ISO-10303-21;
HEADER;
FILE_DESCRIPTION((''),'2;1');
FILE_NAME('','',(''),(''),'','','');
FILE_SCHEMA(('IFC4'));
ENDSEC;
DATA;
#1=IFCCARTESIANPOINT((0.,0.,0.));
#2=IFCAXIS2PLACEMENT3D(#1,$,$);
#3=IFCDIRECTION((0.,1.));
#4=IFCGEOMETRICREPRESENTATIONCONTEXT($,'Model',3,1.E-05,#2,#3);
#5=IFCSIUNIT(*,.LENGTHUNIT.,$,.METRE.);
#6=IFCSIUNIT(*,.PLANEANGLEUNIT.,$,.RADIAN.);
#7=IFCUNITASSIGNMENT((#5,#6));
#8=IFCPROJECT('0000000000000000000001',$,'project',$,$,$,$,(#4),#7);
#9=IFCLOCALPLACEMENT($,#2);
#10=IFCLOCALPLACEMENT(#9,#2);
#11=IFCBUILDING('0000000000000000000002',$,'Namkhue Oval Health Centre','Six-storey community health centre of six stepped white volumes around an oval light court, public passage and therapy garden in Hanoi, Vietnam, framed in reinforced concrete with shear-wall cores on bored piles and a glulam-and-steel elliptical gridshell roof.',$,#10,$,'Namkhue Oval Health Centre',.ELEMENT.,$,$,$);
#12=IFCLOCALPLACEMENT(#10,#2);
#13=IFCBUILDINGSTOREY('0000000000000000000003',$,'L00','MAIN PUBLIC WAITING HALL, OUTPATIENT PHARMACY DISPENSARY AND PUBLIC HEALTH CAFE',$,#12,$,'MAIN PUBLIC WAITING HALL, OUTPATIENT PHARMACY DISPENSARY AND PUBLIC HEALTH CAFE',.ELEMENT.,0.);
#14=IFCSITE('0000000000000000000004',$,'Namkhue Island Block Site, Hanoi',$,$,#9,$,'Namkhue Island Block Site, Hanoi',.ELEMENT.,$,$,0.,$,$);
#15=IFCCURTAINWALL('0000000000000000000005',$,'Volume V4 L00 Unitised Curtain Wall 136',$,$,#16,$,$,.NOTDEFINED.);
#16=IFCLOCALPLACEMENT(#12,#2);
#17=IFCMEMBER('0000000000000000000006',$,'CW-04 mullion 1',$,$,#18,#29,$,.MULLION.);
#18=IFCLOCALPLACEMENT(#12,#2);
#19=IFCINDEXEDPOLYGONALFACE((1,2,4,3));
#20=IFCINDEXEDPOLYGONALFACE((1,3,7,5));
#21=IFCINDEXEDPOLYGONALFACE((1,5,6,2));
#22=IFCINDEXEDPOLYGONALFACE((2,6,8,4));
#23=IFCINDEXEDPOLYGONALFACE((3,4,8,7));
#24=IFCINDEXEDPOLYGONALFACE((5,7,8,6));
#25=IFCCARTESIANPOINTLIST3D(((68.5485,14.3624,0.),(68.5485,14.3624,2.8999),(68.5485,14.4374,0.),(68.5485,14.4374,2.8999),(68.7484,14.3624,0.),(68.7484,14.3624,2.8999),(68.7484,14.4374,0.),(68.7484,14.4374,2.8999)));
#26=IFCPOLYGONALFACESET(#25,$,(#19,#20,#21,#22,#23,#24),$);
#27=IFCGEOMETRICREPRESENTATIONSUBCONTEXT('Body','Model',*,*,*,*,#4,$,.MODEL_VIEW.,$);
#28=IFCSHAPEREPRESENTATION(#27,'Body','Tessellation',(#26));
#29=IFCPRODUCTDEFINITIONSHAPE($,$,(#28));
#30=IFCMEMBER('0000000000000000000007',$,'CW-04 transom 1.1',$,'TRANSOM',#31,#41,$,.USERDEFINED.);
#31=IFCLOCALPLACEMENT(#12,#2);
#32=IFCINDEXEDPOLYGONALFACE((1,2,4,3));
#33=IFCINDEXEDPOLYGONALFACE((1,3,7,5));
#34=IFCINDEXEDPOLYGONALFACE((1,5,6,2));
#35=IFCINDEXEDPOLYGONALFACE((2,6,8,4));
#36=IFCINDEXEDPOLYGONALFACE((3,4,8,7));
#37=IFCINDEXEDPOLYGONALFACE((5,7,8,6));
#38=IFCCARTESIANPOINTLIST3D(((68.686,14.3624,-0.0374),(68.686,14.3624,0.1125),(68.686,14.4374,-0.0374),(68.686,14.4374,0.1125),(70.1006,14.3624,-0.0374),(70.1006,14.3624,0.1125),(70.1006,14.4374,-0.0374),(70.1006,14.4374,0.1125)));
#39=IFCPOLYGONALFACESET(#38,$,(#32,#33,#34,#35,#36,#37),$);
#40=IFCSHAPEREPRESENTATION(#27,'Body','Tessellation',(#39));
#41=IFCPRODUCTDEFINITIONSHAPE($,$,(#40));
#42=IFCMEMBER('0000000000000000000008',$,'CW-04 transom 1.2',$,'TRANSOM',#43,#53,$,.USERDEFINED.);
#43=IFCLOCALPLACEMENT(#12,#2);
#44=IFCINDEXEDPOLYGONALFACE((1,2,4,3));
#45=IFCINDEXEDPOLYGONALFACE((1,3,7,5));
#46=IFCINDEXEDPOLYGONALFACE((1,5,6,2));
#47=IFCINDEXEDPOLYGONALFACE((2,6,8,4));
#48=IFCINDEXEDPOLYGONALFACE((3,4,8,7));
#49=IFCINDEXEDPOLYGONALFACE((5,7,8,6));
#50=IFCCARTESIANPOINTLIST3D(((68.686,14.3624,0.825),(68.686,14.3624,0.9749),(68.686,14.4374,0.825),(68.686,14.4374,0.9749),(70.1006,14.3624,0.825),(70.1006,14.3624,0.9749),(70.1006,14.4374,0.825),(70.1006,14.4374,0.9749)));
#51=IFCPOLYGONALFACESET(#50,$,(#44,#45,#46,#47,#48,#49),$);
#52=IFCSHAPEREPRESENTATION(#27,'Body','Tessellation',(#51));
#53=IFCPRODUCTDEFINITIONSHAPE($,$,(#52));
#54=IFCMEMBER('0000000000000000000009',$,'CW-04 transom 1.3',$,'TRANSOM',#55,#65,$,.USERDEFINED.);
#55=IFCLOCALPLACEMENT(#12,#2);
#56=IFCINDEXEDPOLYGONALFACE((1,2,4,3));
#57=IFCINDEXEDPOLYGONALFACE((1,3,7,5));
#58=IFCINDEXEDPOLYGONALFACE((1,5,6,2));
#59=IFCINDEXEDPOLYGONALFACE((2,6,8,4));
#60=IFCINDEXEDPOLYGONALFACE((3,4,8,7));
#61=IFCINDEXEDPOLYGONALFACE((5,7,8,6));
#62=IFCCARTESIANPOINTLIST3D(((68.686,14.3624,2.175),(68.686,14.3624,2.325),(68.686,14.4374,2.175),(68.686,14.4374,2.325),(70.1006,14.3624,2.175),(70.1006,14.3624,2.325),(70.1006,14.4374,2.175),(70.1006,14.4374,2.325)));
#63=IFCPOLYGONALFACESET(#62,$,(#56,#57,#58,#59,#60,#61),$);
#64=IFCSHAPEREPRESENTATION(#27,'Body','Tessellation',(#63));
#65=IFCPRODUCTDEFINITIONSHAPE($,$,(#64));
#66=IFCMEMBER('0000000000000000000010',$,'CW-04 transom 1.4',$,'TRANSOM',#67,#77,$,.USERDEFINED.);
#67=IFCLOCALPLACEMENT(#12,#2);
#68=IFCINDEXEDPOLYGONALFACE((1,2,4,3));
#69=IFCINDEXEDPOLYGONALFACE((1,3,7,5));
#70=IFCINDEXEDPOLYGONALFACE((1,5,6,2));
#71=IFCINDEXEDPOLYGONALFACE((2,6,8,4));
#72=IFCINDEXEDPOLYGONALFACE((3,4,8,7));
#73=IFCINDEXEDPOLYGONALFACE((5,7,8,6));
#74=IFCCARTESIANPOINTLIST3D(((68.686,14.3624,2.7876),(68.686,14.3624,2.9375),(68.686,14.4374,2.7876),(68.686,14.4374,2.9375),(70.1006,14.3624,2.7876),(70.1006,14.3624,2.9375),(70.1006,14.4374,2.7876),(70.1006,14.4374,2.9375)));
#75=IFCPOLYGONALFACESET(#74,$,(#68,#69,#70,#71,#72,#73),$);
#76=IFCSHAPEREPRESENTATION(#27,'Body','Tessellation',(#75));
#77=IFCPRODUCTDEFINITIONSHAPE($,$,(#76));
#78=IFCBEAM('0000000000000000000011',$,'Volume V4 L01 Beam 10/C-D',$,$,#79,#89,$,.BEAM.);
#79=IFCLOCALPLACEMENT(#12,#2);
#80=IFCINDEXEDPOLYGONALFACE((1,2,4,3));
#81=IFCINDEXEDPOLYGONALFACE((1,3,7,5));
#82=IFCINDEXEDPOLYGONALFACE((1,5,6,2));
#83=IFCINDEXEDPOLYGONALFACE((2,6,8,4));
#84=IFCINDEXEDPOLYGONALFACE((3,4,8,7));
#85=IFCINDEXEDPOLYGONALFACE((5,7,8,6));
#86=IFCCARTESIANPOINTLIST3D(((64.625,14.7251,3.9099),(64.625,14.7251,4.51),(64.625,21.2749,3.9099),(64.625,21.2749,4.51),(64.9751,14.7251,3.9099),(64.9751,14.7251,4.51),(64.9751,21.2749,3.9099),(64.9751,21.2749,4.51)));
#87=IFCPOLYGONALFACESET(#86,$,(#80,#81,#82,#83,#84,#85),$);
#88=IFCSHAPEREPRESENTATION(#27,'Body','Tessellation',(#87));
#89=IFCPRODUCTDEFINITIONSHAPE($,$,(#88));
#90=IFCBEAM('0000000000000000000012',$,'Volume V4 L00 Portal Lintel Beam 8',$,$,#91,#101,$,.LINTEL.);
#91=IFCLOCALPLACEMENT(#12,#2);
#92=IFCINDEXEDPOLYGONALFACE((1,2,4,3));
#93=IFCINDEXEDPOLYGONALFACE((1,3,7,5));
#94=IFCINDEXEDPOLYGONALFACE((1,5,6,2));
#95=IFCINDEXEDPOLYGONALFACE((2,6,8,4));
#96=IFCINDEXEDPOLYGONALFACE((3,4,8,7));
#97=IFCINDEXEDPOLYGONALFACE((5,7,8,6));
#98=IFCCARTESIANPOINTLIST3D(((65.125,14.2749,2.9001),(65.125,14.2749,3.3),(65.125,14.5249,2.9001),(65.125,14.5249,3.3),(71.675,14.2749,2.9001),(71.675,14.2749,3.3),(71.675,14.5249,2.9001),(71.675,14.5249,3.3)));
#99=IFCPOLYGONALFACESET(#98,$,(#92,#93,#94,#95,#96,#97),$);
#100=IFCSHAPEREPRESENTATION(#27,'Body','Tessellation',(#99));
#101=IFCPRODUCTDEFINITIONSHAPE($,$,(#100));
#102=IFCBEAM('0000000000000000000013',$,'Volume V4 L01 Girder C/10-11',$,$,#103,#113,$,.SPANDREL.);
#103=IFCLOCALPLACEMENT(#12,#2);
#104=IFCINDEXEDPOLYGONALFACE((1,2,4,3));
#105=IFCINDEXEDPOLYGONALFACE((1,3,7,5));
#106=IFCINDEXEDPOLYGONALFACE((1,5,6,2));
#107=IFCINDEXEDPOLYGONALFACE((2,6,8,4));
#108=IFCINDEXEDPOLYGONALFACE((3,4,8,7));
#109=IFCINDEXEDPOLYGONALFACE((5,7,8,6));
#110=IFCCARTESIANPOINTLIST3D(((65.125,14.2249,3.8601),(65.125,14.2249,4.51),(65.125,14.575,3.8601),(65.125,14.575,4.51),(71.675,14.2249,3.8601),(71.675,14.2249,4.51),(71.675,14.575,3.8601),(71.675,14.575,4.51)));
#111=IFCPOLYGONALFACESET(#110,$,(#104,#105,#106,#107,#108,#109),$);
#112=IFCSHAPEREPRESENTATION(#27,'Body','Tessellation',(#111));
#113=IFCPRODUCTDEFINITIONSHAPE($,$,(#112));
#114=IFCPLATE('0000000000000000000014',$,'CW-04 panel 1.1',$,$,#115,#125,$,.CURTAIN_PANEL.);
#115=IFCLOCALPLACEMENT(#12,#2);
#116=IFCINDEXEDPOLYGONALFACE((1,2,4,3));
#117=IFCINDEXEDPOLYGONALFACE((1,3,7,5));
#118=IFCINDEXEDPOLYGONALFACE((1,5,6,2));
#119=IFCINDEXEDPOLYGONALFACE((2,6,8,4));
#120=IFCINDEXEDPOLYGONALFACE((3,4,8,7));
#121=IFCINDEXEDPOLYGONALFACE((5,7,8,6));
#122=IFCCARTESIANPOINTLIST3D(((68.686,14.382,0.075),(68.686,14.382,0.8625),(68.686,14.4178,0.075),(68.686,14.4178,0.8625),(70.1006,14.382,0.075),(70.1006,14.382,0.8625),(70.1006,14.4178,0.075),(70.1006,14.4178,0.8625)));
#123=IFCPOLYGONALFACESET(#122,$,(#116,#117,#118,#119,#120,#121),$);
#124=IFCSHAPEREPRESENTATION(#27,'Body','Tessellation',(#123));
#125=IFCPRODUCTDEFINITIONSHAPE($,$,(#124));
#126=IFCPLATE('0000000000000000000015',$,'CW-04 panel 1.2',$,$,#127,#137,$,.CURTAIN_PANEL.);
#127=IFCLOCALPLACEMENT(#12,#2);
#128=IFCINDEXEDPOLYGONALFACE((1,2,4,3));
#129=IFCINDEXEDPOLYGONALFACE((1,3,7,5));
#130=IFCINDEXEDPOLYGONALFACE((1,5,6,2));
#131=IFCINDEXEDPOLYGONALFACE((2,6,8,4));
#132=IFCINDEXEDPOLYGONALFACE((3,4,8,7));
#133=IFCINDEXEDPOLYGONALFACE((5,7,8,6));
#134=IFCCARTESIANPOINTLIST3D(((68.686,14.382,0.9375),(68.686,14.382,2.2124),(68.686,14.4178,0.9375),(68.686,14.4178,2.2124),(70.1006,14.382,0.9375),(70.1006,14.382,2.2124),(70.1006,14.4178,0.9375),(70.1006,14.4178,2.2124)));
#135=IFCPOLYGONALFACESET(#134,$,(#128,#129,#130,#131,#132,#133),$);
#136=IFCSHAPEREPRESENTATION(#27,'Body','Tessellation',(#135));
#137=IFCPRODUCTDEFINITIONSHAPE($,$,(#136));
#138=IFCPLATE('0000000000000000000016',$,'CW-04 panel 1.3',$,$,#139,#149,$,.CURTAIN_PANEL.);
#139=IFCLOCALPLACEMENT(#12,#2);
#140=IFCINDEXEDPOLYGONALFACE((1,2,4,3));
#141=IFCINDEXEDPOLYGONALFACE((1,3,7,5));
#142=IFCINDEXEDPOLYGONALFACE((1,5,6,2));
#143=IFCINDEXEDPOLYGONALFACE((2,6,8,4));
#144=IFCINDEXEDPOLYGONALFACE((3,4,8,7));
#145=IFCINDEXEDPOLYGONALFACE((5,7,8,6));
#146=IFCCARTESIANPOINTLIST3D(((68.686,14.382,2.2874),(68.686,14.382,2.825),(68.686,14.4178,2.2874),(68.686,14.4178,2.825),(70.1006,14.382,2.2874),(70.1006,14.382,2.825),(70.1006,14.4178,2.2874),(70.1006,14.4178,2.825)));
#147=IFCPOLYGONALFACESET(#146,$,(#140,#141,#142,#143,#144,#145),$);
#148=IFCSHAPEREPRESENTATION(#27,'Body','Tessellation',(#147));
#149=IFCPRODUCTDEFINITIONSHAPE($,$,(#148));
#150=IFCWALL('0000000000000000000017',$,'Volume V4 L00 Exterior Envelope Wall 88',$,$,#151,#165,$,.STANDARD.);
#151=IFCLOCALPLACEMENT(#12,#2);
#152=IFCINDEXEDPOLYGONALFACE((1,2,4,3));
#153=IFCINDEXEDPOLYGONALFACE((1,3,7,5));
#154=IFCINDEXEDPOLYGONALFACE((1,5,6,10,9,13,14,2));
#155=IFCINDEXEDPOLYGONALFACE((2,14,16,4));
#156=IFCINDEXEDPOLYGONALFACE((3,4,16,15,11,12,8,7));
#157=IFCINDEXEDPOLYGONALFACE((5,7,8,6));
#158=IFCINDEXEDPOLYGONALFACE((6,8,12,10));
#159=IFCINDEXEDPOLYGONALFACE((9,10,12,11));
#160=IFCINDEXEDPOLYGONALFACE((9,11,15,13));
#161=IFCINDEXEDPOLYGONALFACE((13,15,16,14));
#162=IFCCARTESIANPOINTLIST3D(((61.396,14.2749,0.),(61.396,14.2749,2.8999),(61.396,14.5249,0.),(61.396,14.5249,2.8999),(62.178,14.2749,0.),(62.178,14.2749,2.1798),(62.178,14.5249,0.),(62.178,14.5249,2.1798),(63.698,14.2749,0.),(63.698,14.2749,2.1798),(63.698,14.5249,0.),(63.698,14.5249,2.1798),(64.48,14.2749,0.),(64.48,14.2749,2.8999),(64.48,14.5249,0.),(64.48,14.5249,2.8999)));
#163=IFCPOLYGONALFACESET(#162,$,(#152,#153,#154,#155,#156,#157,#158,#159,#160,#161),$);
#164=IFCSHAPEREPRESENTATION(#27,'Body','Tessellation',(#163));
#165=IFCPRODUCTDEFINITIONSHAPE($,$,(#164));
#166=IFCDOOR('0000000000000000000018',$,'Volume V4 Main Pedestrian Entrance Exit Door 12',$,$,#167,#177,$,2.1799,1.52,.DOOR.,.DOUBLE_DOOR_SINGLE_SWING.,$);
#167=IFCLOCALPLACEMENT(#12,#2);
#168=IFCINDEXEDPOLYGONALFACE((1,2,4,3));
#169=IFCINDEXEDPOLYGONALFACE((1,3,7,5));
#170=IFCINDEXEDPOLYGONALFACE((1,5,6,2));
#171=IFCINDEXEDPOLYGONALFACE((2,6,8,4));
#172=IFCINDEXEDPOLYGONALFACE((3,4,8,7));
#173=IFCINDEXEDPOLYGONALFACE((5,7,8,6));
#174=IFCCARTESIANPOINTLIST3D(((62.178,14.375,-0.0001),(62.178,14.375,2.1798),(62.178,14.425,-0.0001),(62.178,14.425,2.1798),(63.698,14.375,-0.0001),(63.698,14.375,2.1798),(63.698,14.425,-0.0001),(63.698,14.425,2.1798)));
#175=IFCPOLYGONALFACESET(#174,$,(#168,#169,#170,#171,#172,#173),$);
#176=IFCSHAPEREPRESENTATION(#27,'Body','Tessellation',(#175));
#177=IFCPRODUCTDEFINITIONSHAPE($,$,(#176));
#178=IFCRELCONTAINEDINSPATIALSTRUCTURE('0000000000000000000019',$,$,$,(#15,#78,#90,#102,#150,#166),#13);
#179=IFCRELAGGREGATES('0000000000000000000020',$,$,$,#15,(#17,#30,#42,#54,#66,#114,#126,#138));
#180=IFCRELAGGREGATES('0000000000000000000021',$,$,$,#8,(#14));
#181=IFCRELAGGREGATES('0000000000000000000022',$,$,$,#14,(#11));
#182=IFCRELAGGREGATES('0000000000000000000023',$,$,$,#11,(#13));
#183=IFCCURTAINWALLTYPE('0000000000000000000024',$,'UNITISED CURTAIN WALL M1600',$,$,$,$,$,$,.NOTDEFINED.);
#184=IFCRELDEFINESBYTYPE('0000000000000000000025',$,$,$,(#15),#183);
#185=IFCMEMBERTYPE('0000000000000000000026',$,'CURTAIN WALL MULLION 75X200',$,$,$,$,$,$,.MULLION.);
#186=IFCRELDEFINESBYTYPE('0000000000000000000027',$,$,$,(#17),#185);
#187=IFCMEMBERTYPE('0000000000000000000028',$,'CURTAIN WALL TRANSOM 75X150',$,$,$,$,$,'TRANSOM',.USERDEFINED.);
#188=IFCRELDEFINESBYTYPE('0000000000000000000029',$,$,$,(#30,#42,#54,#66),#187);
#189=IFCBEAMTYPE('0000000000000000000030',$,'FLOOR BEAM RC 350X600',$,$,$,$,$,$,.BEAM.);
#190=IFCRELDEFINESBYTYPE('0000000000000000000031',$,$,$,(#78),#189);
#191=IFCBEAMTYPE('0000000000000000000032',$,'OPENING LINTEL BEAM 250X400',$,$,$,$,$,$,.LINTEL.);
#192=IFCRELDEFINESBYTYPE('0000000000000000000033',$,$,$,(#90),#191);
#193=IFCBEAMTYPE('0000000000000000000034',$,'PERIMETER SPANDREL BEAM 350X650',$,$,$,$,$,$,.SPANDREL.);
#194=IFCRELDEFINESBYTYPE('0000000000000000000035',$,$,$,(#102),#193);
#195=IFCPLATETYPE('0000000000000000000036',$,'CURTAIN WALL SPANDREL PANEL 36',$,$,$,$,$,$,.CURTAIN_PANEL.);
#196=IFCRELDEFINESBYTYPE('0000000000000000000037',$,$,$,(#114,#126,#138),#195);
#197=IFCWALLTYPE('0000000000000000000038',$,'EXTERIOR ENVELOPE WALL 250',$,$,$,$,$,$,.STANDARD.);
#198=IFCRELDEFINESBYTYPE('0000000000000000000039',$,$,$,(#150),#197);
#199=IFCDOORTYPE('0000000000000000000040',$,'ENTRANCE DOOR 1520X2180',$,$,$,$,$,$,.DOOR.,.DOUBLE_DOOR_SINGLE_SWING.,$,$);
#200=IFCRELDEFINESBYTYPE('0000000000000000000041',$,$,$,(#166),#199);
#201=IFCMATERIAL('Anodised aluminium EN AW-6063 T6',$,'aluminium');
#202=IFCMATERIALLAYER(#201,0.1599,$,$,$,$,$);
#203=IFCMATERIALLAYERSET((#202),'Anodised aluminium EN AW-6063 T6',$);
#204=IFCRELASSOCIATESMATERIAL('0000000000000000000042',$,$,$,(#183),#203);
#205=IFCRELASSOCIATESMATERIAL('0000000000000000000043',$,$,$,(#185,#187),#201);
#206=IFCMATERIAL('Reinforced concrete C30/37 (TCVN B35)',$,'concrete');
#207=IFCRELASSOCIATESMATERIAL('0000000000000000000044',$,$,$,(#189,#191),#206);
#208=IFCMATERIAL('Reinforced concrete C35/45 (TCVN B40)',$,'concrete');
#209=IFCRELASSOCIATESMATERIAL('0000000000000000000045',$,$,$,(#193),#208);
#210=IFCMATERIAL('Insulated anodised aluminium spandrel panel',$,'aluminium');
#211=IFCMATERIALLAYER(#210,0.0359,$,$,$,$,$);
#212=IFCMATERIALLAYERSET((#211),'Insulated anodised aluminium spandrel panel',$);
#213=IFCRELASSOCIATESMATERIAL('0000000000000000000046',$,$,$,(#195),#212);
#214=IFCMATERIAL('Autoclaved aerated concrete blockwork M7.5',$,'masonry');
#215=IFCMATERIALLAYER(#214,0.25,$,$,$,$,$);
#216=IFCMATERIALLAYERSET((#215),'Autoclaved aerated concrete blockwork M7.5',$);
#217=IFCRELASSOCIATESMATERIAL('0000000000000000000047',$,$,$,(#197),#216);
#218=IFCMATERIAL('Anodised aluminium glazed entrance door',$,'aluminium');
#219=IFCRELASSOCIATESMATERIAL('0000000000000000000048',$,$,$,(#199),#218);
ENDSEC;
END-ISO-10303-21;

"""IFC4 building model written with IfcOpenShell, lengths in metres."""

from ifc_helpers import new_model, si_unit, direction, frame, frame_2d, origin, origin_2d, place, context, subcontext, project, spatial, rectangle, extrude, material, layer, layer_set, material_profile, profile_set, type_object, element, fill, aggregate, save


model = new_model("IFC4")

# Units and contexts
model_context = context("Model", 3, precision=1e-05, world=origin(), true_north=direction((0.0, 1.0)))
body_context = subcontext(model_context, "Body", "Model", "MODEL_VIEW")
ifc_project = project(units=[si_unit("LENGTHUNIT", "METRE"), si_unit("PLANEANGLEUNIT", "RADIAN")], contexts=[model_context])

# Site, building, storey
site_placement = place(None, origin())
site = spatial("IfcSite", under=ifc_project, at=site_placement, Name="Namkhue Island Block Site, Hanoi", LongName="Namkhue Island Block Site, Hanoi", CompositionType="ELEMENT", RefElevation=0.0)
building_placement = place(site_placement, origin())
building = spatial("IfcBuilding", under=site, at=building_placement, Name="Namkhue Oval Health Centre", Description="Six-storey community health centre of six stepped white volumes around an oval light court, public passage and therapy garden in Hanoi, Vietnam, framed in reinforced concrete with shear-wall cores on bored piles and a glulam-and-steel elliptical gridshell roof.", LongName="Namkhue Oval Health Centre", CompositionType="ELEMENT")
storey_placement = place(building_placement, origin())
storey = spatial("IfcBuildingStorey", under=building, at=storey_placement, Name="L00", Description="MAIN PUBLIC WAITING HALL, OUTPATIENT PHARMACY DISPENSARY AND PUBLIC HEALTH CAFE", LongName="MAIN PUBLIC WAITING HALL, OUTPATIENT PHARMACY DISPENSARY AND PUBLIC HEALTH CAFE", CompositionType="ELEMENT", Elevation=0.0)

# Shared definitions
ifc_material_1 = material(Name="Reinforced concrete C30/37 (TCVN B35)", Category="concrete")

# Shared definitions
ifc_material_2 = material(Name="Reinforced concrete C35/45 (TCVN B40)", Category="concrete")

# Curtain wall, members
ifc_material_3 = material(Name="Anodised aluminium EN AW-6063 T6", Category="aluminium")
ifc_layer_1 = layer(ifc_material_3, 0.1599)
ifc_layer_set_1 = layer_set([ifc_layer_1], Name="Anodised aluminium EN AW-6063 T6")
curtain_wall_type = type_object("IfcCurtainWallType", Name="UNITISED CURTAIN WALL M1600", PredefinedType="NOTDEFINED", material=ifc_layer_set_1)
curtain_wall_placement = place(storey_placement, origin())
curtain_wall = element("IfcCurtainWall", 1, at=curtain_wall_placement, inside=storey, type_object=curtain_wall_type, Name="Volume V4 L00 Unitised Curtain Wall 136", PredefinedType="NOTDEFINED")
ifc_material_profile_1 = material_profile(ifc_material_3, rectangle(XDim=0.075, YDim=0.2, at=origin_2d()), Name="ALU 75x200")
ifc_profile_set_1 = profile_set([ifc_material_profile_1], Name="Anodised aluminium EN AW-6063 T6")
member_type_1 = type_object("IfcMemberType", Name="CURTAIN WALL MULLION 75X200", PredefinedType="MULLION", material=ifc_profile_set_1)
member_1_placement = place(storey_placement, frame((68.6484, 14.3999, 0.0), z_axis=(0.0, 0.0, 1.0), x_axis=(0.0, 1.0, 0.0)))
member_1 = element("IfcMember", 2, at=member_1_placement, type_object=member_type_1, Name="CW-04 mullion 1", PredefinedType="MULLION", context=body_context, shape_type="SweptSolid", body=[
    extrude(rectangle(XDim=0.075, YDim=0.2, at=origin_2d()), origin(), (0.0, 0.0, 1.0), 2.8999),
])
ifc_material_profile_2 = material_profile(ifc_material_3, rectangle(XDim=0.075, YDim=0.1499, at=origin_2d()), Name="ALU 75x150")
ifc_profile_set_2 = profile_set([ifc_material_profile_2], Name="Anodised aluminium EN AW-6063 T6")
member_type_2 = type_object("IfcMemberType", Name="CURTAIN WALL TRANSOM 75X150", ElementType="TRANSOM", PredefinedType="USERDEFINED", material=ifc_profile_set_2)
member_2_placement = place(storey_placement, frame((68.686, 14.3999, 0.0376), z_axis=(1.0, 0.0, 0.0), x_axis=(0.0, 1.0, 0.0)))
member_2 = element("IfcMember", 3, at=member_2_placement, type_object=member_type_2, Name="CW-04 transom 1.1", ObjectType="TRANSOM", PredefinedType="USERDEFINED", context=body_context, shape_type="SweptSolid", body=[
    extrude(rectangle(XDim=0.075, YDim=0.1499, at=origin_2d()), origin(), (0.0, 0.0, 1.0), 1.4146),
])
member_3_placement = place(storey_placement, frame((68.686, 14.3999, 0.8999), z_axis=(1.0, 0.0, 0.0), x_axis=(0.0, 1.0, 0.0)))
member_3 = element("IfcMember", 4, at=member_3_placement, type_object=member_type_2, Name="CW-04 transom 1.2", ObjectType="TRANSOM", PredefinedType="USERDEFINED", context=body_context, shape_type="SweptSolid", body=[
    extrude(rectangle(XDim=0.075, YDim=0.1499, at=origin_2d()), origin(), (0.0, 0.0, 1.0), 1.4146),
])
member_4_placement = place(storey_placement, frame((68.686, 14.3999, 2.25), z_axis=(1.0, 0.0, 0.0), x_axis=(0.0, 1.0, 0.0)))
member_4 = element("IfcMember", 5, at=member_4_placement, type_object=member_type_2, Name="CW-04 transom 1.3", ObjectType="TRANSOM", PredefinedType="USERDEFINED", context=body_context, shape_type="SweptSolid", body=[
    extrude(rectangle(XDim=0.075, YDim=0.1499, at=origin_2d()), origin(), (0.0, 0.0, 1.0), 1.4146),
])
member_5_placement = place(storey_placement, frame((68.686, 14.3999, 2.8625), z_axis=(1.0, 0.0, 0.0), x_axis=(0.0, 1.0, 0.0)))
member_5 = element("IfcMember", 6, at=member_5_placement, type_object=member_type_2, Name="CW-04 transom 1.4", ObjectType="TRANSOM", PredefinedType="USERDEFINED", context=body_context, shape_type="SweptSolid", body=[
    extrude(rectangle(XDim=0.075, YDim=0.1499, at=origin_2d()), origin(), (0.0, 0.0, 1.0), 1.4146),
])

# Beams
ifc_material_profile_3 = material_profile(ifc_material_1, rectangle(XDim=0.3501, YDim=0.6001, at=origin_2d()), Name="RC 350x600")
ifc_profile_set_3 = profile_set([ifc_material_profile_3], Name="Reinforced concrete C30/37 (TCVN B35)")
beam_type_1 = type_object("IfcBeamType", Name="FLOOR BEAM RC 350X600", PredefinedType="BEAM", material=ifc_profile_set_3)
beam_1_placement = place(storey_placement, frame((64.8, 14.7251, 4.21), z_axis=(0.0, 1.0, 0.0), x_axis=(-1.0, 0.0, 0.0)))
element("IfcBeam", 7, at=beam_1_placement, inside=storey, type_object=beam_type_1, Name="Volume V4 L01 Beam 10/C-D", PredefinedType="BEAM", context=body_context, shape_type="SweptSolid", body=[
    extrude(rectangle(XDim=0.3501, YDim=0.6001, at=origin_2d()), origin(), (0.0, 0.0, 1.0), 6.5498),
])
ifc_material_profile_4 = material_profile(ifc_material_1, rectangle(XDim=0.25, YDim=0.3999, at=origin_2d()), Name="RC 250x400")
ifc_profile_set_4 = profile_set([ifc_material_profile_4], Name="Reinforced concrete C30/37 (TCVN B35)")
beam_type_2 = type_object("IfcBeamType", Name="OPENING LINTEL BEAM 250X400", PredefinedType="LINTEL", material=ifc_profile_set_4)
beam_2_placement = place(storey_placement, frame((65.125, 14.3999, 3.1001), z_axis=(1.0, 0.0, 0.0), x_axis=(0.0, 1.0, 0.0)))
element("IfcBeam", 8, at=beam_2_placement, inside=storey, type_object=beam_type_2, Name="Volume V4 L00 Portal Lintel Beam 8", PredefinedType="LINTEL", context=body_context, shape_type="SweptSolid", body=[
    extrude(rectangle(XDim=0.25, YDim=0.3999, at=origin_2d()), origin(), (0.0, 0.0, 1.0), 6.55),
])
ifc_material_profile_5 = material_profile(ifc_material_2, rectangle(XDim=0.3501, YDim=0.6499, at=origin_2d()), Name="RC 350x650")
ifc_profile_set_5 = profile_set([ifc_material_profile_5], Name="Reinforced concrete C35/45 (TCVN B40)")
beam_type_3 = type_object("IfcBeamType", Name="PERIMETER SPANDREL BEAM 350X650", PredefinedType="SPANDREL", material=ifc_profile_set_5)
beam_3_placement = place(storey_placement, frame((65.125, 14.3999, 4.1851), z_axis=(1.0, 0.0, 0.0), x_axis=(0.0, 1.0, 0.0)))
element("IfcBeam", 9, at=beam_3_placement, inside=storey, type_object=beam_type_3, Name="Volume V4 L01 Girder C/10-11", PredefinedType="SPANDREL", context=body_context, shape_type="SweptSolid", body=[
    extrude(rectangle(XDim=0.3501, YDim=0.6499, at=origin_2d()), origin(), (0.0, 0.0, 1.0), 6.55),
])

# Plates
ifc_material_4 = material(Name="Insulated anodised aluminium spandrel panel", Category="aluminium")
ifc_layer_2 = layer(ifc_material_4, 0.0359)
ifc_layer_set_2 = layer_set([ifc_layer_2], Name="Insulated anodised aluminium spandrel panel")
plate_type = type_object("IfcPlateType", Name="CURTAIN WALL SPANDREL PANEL 36", PredefinedType="CURTAIN_PANEL", material=ifc_layer_set_2)
plate_1_placement = place(storey_placement, frame((69.3933, 14.3999, 0.075), z_axis=(0.0, 0.0, 1.0), x_axis=(1.0, 0.0, 0.0)))
plate_1 = element("IfcPlate", 10, at=plate_1_placement, type_object=plate_type, Name="CW-04 panel 1.1", PredefinedType="CURTAIN_PANEL", context=body_context, shape_type="SweptSolid", body=[
    extrude(rectangle(XDim=1.4146, YDim=0.0359, at=origin_2d()), origin(), (0.0, 0.0, 1.0), 0.7876),
])
plate_2_placement = place(storey_placement, frame((69.3933, 14.3999, 0.9375), z_axis=(0.0, 0.0, 1.0), x_axis=(1.0, 0.0, 0.0)))
plate_2 = element("IfcPlate", 11, at=plate_2_placement, type_object=plate_type, Name="CW-04 panel 1.2", PredefinedType="CURTAIN_PANEL", context=body_context, shape_type="SweptSolid", body=[
    extrude(rectangle(XDim=1.4146, YDim=0.0359, at=origin_2d()), origin(), (0.0, 0.0, 1.0), 1.2749),
])
plate_3_placement = place(storey_placement, frame((69.3933, 14.3999, 2.2874), z_axis=(0.0, 0.0, 1.0), x_axis=(1.0, 0.0, 0.0)))
plate_3 = element("IfcPlate", 12, at=plate_3_placement, type_object=plate_type, Name="CW-04 panel 1.3", PredefinedType="CURTAIN_PANEL", context=body_context, shape_type="SweptSolid", body=[
    extrude(rectangle(XDim=1.4146, YDim=0.0359, at=origin_2d()), origin(), (0.0, 0.0, 1.0), 0.5376),
])
aggregate(curtain_wall, [member_1, member_2, member_3, member_4, member_5, plate_1, plate_2, plate_3])

# Wall, opening, door
ifc_material_5 = material(Name="Autoclaved aerated concrete blockwork M7.5", Category="masonry")
ifc_layer_3 = layer(ifc_material_5, 0.25)
ifc_layer_set_3 = layer_set([ifc_layer_3], Name="Autoclaved aerated concrete blockwork M7.5")
wall_type_1 = type_object("IfcWallType", Name="EXTERIOR ENVELOPE WALL 250", PredefinedType="STANDARD", material=ifc_layer_set_3)
wall_1_placement = place(storey_placement, frame((61.396, 14.3999, 0.0), z_axis=(0.0, 0.0, 1.0), x_axis=(1.0, 0.0, 0.0)))
wall_1 = element("IfcWall", 13, at=wall_1_placement, inside=storey, type_object=wall_type_1, Name="Volume V4 L00 Exterior Envelope Wall 88", PredefinedType="STANDARD", context=body_context, shape_type="SweptSolid", body=[
    extrude(rectangle(XDim=3.084, YDim=0.25, at=frame_2d((1.542, 0.0))), origin(), (0.0, 0.0, 1.0), 2.8999),
])
opening_1_placement = place(wall_1_placement, frame((0.782, 0.0, 0.0)))
opening_1 = element("IfcOpeningElement", 14, at=opening_1_placement, cuts=wall_1, PredefinedType="OPENING", context=body_context, shape_type="SweptSolid", body=[
    extrude(rectangle(XDim=1.52, YDim=2.1799, at=frame_2d((0.76, 1.0898))), frame((0.0, 0.135, 0.0), z_axis=(0.0, -1.0, 0.0), x_axis=(1.0, 0.0, 0.0)), (0.0, 0.0, 1.0), 0.27),
])
ifc_material_6 = material(Name="Anodised aluminium glazed entrance door", Category="aluminium")
door_type = type_object("IfcDoorType", Name="ENTRANCE DOOR 1520X2180", OperationType="DOUBLE_DOOR_SINGLE_SWING", PredefinedType="DOOR", material=ifc_material_6)
door_placement = place(opening_1_placement, frame((1.52, 0.0, 0.0), z_axis=(0.0, 0.0, 1.0), x_axis=(-1.0, 0.0, 0.0)))
door = element("IfcDoor", 15, at=door_placement, inside=storey, type_object=door_type, Name="Volume V4 Main Pedestrian Entrance Exit Door 12", OperationType="DOUBLE_DOOR_SINGLE_SWING", OverallHeight=2.1799, OverallWidth=1.52, PredefinedType="DOOR", context=body_context, shape_type="SweptSolid", body=[
    extrude(rectangle(XDim=1.52, YDim=2.1799, at=frame_2d((0.76, 1.0898))), frame((0.0, 0.0249, 0.0), z_axis=(0.0, -1.0, 0.0), x_axis=(1.0, 0.0, 0.0)), (0.0, 0.0, 1.0), 0.05),
])
fill(opening_1, door)

save(model, "model.ifc")
